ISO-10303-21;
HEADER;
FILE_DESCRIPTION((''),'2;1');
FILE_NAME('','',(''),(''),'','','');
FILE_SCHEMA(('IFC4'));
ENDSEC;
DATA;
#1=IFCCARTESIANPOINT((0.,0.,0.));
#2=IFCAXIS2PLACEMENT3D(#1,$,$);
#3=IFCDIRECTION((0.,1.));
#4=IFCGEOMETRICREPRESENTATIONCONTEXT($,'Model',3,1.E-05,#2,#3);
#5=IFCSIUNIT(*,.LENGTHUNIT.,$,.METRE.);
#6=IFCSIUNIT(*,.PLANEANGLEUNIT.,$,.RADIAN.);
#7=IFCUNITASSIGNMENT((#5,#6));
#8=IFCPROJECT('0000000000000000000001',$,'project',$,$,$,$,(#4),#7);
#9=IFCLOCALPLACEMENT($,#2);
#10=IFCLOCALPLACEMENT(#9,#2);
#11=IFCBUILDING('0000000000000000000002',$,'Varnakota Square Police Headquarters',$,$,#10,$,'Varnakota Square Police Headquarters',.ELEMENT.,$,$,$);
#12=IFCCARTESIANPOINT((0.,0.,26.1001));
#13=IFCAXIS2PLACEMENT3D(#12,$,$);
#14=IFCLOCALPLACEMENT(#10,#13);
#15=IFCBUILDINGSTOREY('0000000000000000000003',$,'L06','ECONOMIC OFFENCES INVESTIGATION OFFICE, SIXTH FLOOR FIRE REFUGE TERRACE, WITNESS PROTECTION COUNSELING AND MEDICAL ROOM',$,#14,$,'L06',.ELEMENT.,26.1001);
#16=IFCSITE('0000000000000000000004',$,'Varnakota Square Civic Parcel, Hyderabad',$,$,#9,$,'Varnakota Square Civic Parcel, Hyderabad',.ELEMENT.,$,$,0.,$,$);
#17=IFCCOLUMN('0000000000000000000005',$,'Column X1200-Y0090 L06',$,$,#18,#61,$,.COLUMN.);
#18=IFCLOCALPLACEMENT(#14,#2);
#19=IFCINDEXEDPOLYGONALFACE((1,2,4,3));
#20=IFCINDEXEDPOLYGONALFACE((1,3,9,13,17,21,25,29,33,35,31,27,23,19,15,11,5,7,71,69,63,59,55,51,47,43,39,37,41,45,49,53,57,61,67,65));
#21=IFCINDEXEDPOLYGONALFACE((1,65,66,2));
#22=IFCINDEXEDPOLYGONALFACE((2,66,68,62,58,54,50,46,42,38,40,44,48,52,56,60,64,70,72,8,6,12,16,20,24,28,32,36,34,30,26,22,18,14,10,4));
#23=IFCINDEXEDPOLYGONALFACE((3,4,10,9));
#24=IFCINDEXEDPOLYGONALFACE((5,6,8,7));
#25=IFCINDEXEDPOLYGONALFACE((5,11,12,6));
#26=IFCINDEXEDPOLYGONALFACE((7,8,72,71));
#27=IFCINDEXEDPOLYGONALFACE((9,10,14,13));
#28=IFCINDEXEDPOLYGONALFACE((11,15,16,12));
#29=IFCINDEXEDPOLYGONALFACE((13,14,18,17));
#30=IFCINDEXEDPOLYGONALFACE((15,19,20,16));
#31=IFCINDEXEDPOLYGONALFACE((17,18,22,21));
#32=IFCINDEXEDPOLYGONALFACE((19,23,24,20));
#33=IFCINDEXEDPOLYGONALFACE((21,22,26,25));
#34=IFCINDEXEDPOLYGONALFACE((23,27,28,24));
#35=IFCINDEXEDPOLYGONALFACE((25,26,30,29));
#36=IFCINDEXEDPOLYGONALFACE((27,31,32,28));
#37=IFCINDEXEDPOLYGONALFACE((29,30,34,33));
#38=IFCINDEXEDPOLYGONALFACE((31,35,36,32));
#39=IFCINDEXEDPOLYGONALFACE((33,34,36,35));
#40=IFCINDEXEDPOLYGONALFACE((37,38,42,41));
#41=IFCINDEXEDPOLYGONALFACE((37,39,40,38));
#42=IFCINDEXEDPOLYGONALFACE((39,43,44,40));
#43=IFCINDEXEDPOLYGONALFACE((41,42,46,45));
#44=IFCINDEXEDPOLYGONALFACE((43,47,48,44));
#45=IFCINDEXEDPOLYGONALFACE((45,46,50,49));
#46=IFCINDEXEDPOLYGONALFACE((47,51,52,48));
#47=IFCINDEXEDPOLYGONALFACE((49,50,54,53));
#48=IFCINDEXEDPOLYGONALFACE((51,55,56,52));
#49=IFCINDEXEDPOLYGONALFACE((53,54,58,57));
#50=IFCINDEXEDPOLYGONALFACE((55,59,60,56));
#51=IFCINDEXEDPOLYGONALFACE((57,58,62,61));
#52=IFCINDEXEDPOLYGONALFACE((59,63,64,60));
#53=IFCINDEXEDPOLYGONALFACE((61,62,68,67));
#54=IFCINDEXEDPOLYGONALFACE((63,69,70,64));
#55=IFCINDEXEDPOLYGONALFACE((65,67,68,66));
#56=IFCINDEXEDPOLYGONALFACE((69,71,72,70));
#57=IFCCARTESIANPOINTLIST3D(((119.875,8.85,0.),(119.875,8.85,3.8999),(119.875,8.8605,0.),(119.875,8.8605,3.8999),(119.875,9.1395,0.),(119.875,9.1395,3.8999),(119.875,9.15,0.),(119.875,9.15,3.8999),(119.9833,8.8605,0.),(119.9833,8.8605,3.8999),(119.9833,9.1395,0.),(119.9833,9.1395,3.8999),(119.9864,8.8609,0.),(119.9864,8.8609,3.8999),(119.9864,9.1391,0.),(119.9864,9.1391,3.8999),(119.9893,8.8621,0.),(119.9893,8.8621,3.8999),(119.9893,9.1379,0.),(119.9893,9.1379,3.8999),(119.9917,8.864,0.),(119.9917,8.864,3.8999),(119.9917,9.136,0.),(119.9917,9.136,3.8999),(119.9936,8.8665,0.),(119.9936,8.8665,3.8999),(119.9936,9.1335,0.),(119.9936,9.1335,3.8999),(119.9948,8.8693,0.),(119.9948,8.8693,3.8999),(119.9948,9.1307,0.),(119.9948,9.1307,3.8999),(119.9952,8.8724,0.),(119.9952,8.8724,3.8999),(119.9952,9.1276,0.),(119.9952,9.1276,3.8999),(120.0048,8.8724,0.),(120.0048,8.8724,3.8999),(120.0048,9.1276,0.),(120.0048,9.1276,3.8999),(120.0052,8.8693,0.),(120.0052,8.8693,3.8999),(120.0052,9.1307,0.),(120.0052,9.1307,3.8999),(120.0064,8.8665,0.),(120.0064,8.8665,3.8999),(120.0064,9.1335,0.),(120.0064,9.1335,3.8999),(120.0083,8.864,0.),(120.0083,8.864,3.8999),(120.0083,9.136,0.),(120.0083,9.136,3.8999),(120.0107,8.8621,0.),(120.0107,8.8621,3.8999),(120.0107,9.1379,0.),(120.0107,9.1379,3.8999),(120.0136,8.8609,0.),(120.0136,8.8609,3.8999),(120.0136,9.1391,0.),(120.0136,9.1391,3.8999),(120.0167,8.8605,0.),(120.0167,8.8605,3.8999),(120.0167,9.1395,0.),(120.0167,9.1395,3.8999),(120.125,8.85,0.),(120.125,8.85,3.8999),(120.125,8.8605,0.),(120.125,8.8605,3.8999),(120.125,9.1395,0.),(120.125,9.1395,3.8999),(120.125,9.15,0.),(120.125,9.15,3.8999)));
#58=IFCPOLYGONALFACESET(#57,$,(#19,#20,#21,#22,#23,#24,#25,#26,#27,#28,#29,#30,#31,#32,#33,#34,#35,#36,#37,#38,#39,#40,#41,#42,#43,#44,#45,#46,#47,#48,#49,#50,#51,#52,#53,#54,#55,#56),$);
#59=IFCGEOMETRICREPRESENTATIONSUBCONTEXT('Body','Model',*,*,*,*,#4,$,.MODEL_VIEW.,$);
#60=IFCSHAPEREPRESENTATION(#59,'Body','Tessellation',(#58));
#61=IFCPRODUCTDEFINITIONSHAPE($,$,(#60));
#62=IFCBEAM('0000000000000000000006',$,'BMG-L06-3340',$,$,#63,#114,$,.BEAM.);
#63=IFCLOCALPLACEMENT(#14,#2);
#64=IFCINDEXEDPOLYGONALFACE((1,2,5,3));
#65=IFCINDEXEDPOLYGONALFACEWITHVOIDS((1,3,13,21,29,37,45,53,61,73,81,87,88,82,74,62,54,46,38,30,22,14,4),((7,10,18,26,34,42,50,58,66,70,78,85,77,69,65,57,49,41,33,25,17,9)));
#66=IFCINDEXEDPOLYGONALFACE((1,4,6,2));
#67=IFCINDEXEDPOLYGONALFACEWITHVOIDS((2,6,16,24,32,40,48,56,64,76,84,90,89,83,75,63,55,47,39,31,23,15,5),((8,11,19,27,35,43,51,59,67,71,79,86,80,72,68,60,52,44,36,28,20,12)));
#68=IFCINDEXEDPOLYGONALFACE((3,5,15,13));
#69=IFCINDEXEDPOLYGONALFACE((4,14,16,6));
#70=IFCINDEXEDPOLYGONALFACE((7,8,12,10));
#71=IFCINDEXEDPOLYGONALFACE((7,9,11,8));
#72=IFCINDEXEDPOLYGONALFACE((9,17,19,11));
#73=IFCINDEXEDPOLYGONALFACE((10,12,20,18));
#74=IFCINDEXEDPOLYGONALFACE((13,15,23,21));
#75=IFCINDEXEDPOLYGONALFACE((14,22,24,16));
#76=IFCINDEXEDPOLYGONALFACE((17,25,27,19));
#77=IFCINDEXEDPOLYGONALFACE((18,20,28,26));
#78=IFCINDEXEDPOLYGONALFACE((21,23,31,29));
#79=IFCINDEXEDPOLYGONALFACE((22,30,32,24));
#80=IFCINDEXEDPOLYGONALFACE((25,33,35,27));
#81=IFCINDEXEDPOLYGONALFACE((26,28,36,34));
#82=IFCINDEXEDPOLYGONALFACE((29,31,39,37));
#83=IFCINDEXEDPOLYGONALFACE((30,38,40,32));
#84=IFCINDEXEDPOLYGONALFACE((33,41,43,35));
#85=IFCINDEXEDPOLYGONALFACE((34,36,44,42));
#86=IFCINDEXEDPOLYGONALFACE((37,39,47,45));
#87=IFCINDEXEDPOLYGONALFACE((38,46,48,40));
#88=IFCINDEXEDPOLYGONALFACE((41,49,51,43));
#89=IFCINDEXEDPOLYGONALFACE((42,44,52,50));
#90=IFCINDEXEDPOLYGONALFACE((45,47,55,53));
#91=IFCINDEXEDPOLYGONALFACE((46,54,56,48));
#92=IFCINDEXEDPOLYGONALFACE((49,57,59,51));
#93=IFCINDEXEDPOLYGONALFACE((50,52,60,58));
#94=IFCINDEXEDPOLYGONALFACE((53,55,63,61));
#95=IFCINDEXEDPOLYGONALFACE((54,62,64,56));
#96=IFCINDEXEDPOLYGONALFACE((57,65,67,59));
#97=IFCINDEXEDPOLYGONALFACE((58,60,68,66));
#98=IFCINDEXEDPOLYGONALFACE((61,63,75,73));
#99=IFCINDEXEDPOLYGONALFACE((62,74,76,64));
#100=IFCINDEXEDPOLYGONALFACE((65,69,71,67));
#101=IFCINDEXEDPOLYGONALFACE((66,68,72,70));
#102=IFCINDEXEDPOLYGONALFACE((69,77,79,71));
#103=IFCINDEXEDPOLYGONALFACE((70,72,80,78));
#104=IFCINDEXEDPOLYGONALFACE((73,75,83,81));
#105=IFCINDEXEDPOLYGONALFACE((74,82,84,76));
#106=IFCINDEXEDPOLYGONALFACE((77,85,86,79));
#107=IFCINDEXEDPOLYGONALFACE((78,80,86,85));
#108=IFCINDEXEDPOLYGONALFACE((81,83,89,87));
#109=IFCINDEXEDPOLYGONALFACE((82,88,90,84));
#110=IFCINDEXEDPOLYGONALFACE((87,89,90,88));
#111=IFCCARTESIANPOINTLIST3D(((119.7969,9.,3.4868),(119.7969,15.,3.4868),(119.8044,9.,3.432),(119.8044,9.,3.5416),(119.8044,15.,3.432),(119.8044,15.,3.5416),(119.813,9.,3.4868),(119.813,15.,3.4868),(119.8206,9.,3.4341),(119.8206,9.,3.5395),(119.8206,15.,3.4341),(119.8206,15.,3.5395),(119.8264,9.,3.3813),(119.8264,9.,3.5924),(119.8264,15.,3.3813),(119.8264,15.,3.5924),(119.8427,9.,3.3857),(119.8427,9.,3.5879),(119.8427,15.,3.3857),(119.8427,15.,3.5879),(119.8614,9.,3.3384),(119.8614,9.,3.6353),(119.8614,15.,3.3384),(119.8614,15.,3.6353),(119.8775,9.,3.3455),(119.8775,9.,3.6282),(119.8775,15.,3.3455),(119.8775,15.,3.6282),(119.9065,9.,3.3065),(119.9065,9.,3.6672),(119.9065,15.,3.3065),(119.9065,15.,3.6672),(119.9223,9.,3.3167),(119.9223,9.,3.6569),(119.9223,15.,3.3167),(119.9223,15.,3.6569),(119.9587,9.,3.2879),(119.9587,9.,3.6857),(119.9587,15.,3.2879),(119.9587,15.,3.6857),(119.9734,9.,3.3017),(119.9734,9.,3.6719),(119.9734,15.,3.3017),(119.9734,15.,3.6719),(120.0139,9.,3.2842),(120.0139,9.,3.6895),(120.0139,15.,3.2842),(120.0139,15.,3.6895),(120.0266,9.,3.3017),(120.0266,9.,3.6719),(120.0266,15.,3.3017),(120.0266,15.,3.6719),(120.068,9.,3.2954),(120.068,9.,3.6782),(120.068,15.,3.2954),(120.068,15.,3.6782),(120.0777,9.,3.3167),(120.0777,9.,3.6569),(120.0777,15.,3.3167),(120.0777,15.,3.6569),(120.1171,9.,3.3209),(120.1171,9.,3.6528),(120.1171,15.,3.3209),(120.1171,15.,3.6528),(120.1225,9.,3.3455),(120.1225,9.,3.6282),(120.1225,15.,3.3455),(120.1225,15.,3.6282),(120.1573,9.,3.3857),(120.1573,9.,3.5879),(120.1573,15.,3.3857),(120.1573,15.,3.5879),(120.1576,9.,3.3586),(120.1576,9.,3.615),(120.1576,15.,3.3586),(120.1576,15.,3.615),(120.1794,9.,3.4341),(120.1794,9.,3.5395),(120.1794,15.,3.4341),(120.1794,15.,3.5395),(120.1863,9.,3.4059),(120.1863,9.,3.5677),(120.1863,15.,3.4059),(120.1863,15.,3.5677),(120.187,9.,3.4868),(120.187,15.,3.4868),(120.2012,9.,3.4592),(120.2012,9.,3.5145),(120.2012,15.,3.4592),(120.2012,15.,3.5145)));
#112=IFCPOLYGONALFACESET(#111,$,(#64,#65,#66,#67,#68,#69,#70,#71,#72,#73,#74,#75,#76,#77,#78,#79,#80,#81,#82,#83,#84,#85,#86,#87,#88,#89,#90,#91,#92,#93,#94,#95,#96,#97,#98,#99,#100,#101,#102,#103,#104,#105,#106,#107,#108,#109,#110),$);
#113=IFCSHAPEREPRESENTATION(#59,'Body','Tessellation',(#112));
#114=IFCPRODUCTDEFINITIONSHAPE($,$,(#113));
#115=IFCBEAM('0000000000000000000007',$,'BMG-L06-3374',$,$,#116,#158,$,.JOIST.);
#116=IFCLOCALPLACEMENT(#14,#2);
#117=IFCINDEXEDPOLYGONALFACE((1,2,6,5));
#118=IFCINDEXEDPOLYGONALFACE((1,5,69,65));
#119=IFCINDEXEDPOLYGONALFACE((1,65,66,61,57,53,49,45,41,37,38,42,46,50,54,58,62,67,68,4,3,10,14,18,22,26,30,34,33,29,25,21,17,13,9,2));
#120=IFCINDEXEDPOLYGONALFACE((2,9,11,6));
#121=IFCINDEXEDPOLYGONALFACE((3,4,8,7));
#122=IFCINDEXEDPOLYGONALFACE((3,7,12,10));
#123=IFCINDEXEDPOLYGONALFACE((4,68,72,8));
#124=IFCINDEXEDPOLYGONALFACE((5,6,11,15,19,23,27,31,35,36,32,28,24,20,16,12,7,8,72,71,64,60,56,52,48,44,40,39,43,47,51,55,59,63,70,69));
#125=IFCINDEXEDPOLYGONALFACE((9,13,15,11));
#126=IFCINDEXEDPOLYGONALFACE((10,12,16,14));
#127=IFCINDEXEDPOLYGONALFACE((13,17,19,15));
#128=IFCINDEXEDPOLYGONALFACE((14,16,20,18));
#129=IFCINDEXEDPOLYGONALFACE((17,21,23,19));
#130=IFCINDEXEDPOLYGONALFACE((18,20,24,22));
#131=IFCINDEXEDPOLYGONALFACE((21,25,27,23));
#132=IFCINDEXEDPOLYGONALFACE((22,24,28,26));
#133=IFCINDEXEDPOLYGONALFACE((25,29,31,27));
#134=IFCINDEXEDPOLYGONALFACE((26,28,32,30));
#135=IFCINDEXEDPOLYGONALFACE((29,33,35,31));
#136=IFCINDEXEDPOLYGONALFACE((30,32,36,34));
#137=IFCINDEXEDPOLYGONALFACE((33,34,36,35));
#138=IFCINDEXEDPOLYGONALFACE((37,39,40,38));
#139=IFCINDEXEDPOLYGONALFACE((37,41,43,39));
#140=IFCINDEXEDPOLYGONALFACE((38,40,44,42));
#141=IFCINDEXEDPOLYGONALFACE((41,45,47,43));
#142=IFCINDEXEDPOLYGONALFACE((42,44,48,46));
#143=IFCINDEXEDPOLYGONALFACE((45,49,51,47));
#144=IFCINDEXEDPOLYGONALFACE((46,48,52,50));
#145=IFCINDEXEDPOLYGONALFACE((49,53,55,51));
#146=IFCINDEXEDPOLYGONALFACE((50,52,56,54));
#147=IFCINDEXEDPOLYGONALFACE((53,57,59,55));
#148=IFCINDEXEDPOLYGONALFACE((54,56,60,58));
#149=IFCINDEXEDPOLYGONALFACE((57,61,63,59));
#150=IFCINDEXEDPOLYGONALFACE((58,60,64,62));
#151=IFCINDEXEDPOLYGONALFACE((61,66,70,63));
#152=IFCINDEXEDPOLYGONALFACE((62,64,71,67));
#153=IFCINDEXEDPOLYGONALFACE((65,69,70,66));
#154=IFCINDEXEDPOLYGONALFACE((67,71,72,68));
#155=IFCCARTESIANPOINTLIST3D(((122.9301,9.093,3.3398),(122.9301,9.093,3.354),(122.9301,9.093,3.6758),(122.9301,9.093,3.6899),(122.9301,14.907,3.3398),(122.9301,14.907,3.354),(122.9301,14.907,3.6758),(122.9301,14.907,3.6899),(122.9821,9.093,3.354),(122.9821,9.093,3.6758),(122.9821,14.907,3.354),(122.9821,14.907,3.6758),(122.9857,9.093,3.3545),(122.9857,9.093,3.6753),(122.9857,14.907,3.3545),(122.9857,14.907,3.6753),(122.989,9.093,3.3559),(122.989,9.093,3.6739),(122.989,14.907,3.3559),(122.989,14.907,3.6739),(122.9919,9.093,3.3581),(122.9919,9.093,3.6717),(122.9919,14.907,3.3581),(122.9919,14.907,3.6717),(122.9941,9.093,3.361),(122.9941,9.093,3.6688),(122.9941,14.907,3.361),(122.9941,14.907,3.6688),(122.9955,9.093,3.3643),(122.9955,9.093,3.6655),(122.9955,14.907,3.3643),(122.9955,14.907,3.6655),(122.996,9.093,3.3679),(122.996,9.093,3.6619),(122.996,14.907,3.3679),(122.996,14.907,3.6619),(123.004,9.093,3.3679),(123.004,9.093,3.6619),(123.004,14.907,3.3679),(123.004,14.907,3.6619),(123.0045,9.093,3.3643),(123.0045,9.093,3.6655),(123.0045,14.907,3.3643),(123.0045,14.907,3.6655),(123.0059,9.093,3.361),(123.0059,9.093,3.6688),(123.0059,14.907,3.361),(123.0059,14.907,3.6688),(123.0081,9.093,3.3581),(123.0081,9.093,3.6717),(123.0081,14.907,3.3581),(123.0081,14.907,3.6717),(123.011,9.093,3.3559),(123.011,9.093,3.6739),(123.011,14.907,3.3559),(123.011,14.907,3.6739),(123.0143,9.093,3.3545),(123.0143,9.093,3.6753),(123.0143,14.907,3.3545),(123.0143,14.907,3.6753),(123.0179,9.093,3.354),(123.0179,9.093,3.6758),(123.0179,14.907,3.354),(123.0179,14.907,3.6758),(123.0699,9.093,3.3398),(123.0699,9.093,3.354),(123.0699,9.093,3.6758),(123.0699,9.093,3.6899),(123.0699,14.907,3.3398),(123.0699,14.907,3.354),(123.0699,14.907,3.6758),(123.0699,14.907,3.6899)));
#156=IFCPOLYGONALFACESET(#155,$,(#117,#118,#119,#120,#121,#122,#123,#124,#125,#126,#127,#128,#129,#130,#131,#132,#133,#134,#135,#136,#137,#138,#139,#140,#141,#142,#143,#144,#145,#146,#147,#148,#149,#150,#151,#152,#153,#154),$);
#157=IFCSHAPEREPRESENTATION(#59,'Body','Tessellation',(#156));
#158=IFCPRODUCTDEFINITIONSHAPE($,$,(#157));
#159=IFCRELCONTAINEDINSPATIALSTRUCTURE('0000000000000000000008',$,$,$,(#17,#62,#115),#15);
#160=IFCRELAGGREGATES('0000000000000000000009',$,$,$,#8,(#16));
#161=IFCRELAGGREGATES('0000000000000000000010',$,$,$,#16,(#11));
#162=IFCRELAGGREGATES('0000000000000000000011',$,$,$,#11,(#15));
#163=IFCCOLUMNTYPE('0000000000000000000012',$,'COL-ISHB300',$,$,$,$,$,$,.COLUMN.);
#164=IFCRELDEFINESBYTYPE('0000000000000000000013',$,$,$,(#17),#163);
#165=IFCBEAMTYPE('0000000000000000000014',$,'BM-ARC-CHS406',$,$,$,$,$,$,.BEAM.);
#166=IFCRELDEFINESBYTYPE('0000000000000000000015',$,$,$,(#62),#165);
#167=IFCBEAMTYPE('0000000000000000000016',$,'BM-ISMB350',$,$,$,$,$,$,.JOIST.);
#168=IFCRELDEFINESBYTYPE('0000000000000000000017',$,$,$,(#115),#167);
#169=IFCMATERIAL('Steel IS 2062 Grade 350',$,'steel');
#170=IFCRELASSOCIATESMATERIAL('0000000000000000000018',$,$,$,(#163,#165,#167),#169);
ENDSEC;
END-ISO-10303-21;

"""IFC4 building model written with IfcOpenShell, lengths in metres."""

from ifc_helpers import new_model, si_unit, direction, frame, origin, origin_2d, place, context, subcontext, project, spatial, hollow_circle, i_section, extrude, material, material_profile, profile_set, type_object, element, save


model = new_model("IFC4")

# Units and contexts
model_context = context("Model", 3, precision=1e-05, world=origin(), true_north=direction((0.0, 1.0)))
body_context = subcontext(model_context, "Body", "Model", "MODEL_VIEW")
ifc_project = project(units=[si_unit("LENGTHUNIT", "METRE"), si_unit("PLANEANGLEUNIT", "RADIAN")], contexts=[model_context])

# Site, building, storey
site_placement = place(None, origin())
site = spatial("IfcSite", under=ifc_project, at=site_placement, Name="Varnakota Square Civic Parcel, Hyderabad", LongName="Varnakota Square Civic Parcel, Hyderabad", CompositionType="ELEMENT", RefElevation=0.0)
building_placement = place(site_placement, origin())
building = spatial("IfcBuilding", under=site, at=building_placement, Name="Varnakota Square Police Headquarters", LongName="Varnakota Square Police Headquarters", CompositionType="ELEMENT")
storey_placement = place(building_placement, frame((0.0, 0.0, 26.1001)))
storey = spatial("IfcBuildingStorey", under=building, at=storey_placement, Name="L06", Description="ECONOMIC OFFENCES INVESTIGATION OFFICE, SIXTH FLOOR FIRE REFUGE TERRACE, WITNESS PROTECTION COUNSELING AND MEDICAL ROOM", LongName="L06", CompositionType="ELEMENT", Elevation=26.1001)

# Column
ifc_material_1 = material(Name="Steel IS 2062 Grade 350", Category="steel")
ifc_material_profile_1 = material_profile(ifc_material_1, i_section(OverallWidth=0.25, OverallDepth=0.3, WebThickness=0.0095, FlangeThickness=0.0105, FilletRadius=0.012, at=origin_2d()), Name="ISHB 300")
ifc_profile_set_1 = profile_set([ifc_material_profile_1], Name="Steel IS 2062 Grade 350")
column_type = type_object("IfcColumnType", Name="COL-ISHB300", PredefinedType="COLUMN", material=ifc_profile_set_1)
column_placement = place(storey_placement, frame((120.0, 9.0, 0.0), z_axis=(0.0, 0.0, 1.0), x_axis=(1.0, 0.0, 0.0)))
element("IfcColumn", 1, at=column_placement, inside=storey, type_object=column_type, Name="Column X1200-Y0090 L06", PredefinedType="COLUMN", context=body_context, shape_type="SweptSolid", body=[
    extrude(i_section(OverallWidth=0.25, OverallDepth=0.3, WebThickness=0.0095, FlangeThickness=0.0105, FilletRadius=0.012, at=origin_2d()), origin(), (0.0, 0.0, 1.0), 3.8999),
])

# Beams
ifc_material_profile_2 = material_profile(ifc_material_1, hollow_circle(Radius=0.2031, WallThickness=0.0161, at=origin_2d()), Name="CHS 406.4x16.0")
ifc_profile_set_2 = profile_set([ifc_material_profile_2], Name="Steel IS 2062 Grade 350")
beam_type_1 = type_object("IfcBeamType", Name="BM-ARC-CHS406", PredefinedType="BEAM", material=ifc_profile_set_2)
beam_1_placement = place(storey_placement, frame((120.0, 9.0, 3.4868), z_axis=(0.0, 1.0, 0.0), x_axis=(-1.0, 0.0, 0.0)))
element("IfcBeam", 2, at=beam_1_placement, inside=storey, type_object=beam_type_1, Name="BMG-L06-3340", PredefinedType="BEAM", context=body_context, shape_type="SweptSolid", body=[
    extrude(hollow_circle(Radius=0.2031, WallThickness=0.0161, at=origin_2d()), origin(), (0.0, 0.0, 1.0), 6.0),
])
ifc_material_profile_3 = material_profile(ifc_material_1, i_section(OverallWidth=0.1399, OverallDepth=0.3501, WebThickness=0.0081, FlangeThickness=0.0142, FilletRadius=0.0139, at=origin_2d()), Name="ISMB 350")
ifc_profile_set_3 = profile_set([ifc_material_profile_3], Name="Steel IS 2062 Grade 350")
beam_type_2 = type_object("IfcBeamType", Name="BM-ISMB350", PredefinedType="JOIST", material=ifc_profile_set_3)
beam_2_placement = place(storey_placement, frame((123.0, 9.093, 3.5149), z_axis=(0.0, 1.0, 0.0), x_axis=(-1.0, 0.0, 0.0)))
element("IfcBeam", 3, at=beam_2_placement, inside=storey, type_object=beam_type_2, Name="BMG-L06-3374", PredefinedType="JOIST", context=body_context, shape_type="SweptSolid", body=[
    extrude(i_section(OverallWidth=0.1399, OverallDepth=0.3501, WebThickness=0.0081, FlangeThickness=0.0142, FilletRadius=0.0139, at=origin_2d()), origin(), (0.0, 0.0, 1.0), 5.814),
])

save(model, "model.ifc")
